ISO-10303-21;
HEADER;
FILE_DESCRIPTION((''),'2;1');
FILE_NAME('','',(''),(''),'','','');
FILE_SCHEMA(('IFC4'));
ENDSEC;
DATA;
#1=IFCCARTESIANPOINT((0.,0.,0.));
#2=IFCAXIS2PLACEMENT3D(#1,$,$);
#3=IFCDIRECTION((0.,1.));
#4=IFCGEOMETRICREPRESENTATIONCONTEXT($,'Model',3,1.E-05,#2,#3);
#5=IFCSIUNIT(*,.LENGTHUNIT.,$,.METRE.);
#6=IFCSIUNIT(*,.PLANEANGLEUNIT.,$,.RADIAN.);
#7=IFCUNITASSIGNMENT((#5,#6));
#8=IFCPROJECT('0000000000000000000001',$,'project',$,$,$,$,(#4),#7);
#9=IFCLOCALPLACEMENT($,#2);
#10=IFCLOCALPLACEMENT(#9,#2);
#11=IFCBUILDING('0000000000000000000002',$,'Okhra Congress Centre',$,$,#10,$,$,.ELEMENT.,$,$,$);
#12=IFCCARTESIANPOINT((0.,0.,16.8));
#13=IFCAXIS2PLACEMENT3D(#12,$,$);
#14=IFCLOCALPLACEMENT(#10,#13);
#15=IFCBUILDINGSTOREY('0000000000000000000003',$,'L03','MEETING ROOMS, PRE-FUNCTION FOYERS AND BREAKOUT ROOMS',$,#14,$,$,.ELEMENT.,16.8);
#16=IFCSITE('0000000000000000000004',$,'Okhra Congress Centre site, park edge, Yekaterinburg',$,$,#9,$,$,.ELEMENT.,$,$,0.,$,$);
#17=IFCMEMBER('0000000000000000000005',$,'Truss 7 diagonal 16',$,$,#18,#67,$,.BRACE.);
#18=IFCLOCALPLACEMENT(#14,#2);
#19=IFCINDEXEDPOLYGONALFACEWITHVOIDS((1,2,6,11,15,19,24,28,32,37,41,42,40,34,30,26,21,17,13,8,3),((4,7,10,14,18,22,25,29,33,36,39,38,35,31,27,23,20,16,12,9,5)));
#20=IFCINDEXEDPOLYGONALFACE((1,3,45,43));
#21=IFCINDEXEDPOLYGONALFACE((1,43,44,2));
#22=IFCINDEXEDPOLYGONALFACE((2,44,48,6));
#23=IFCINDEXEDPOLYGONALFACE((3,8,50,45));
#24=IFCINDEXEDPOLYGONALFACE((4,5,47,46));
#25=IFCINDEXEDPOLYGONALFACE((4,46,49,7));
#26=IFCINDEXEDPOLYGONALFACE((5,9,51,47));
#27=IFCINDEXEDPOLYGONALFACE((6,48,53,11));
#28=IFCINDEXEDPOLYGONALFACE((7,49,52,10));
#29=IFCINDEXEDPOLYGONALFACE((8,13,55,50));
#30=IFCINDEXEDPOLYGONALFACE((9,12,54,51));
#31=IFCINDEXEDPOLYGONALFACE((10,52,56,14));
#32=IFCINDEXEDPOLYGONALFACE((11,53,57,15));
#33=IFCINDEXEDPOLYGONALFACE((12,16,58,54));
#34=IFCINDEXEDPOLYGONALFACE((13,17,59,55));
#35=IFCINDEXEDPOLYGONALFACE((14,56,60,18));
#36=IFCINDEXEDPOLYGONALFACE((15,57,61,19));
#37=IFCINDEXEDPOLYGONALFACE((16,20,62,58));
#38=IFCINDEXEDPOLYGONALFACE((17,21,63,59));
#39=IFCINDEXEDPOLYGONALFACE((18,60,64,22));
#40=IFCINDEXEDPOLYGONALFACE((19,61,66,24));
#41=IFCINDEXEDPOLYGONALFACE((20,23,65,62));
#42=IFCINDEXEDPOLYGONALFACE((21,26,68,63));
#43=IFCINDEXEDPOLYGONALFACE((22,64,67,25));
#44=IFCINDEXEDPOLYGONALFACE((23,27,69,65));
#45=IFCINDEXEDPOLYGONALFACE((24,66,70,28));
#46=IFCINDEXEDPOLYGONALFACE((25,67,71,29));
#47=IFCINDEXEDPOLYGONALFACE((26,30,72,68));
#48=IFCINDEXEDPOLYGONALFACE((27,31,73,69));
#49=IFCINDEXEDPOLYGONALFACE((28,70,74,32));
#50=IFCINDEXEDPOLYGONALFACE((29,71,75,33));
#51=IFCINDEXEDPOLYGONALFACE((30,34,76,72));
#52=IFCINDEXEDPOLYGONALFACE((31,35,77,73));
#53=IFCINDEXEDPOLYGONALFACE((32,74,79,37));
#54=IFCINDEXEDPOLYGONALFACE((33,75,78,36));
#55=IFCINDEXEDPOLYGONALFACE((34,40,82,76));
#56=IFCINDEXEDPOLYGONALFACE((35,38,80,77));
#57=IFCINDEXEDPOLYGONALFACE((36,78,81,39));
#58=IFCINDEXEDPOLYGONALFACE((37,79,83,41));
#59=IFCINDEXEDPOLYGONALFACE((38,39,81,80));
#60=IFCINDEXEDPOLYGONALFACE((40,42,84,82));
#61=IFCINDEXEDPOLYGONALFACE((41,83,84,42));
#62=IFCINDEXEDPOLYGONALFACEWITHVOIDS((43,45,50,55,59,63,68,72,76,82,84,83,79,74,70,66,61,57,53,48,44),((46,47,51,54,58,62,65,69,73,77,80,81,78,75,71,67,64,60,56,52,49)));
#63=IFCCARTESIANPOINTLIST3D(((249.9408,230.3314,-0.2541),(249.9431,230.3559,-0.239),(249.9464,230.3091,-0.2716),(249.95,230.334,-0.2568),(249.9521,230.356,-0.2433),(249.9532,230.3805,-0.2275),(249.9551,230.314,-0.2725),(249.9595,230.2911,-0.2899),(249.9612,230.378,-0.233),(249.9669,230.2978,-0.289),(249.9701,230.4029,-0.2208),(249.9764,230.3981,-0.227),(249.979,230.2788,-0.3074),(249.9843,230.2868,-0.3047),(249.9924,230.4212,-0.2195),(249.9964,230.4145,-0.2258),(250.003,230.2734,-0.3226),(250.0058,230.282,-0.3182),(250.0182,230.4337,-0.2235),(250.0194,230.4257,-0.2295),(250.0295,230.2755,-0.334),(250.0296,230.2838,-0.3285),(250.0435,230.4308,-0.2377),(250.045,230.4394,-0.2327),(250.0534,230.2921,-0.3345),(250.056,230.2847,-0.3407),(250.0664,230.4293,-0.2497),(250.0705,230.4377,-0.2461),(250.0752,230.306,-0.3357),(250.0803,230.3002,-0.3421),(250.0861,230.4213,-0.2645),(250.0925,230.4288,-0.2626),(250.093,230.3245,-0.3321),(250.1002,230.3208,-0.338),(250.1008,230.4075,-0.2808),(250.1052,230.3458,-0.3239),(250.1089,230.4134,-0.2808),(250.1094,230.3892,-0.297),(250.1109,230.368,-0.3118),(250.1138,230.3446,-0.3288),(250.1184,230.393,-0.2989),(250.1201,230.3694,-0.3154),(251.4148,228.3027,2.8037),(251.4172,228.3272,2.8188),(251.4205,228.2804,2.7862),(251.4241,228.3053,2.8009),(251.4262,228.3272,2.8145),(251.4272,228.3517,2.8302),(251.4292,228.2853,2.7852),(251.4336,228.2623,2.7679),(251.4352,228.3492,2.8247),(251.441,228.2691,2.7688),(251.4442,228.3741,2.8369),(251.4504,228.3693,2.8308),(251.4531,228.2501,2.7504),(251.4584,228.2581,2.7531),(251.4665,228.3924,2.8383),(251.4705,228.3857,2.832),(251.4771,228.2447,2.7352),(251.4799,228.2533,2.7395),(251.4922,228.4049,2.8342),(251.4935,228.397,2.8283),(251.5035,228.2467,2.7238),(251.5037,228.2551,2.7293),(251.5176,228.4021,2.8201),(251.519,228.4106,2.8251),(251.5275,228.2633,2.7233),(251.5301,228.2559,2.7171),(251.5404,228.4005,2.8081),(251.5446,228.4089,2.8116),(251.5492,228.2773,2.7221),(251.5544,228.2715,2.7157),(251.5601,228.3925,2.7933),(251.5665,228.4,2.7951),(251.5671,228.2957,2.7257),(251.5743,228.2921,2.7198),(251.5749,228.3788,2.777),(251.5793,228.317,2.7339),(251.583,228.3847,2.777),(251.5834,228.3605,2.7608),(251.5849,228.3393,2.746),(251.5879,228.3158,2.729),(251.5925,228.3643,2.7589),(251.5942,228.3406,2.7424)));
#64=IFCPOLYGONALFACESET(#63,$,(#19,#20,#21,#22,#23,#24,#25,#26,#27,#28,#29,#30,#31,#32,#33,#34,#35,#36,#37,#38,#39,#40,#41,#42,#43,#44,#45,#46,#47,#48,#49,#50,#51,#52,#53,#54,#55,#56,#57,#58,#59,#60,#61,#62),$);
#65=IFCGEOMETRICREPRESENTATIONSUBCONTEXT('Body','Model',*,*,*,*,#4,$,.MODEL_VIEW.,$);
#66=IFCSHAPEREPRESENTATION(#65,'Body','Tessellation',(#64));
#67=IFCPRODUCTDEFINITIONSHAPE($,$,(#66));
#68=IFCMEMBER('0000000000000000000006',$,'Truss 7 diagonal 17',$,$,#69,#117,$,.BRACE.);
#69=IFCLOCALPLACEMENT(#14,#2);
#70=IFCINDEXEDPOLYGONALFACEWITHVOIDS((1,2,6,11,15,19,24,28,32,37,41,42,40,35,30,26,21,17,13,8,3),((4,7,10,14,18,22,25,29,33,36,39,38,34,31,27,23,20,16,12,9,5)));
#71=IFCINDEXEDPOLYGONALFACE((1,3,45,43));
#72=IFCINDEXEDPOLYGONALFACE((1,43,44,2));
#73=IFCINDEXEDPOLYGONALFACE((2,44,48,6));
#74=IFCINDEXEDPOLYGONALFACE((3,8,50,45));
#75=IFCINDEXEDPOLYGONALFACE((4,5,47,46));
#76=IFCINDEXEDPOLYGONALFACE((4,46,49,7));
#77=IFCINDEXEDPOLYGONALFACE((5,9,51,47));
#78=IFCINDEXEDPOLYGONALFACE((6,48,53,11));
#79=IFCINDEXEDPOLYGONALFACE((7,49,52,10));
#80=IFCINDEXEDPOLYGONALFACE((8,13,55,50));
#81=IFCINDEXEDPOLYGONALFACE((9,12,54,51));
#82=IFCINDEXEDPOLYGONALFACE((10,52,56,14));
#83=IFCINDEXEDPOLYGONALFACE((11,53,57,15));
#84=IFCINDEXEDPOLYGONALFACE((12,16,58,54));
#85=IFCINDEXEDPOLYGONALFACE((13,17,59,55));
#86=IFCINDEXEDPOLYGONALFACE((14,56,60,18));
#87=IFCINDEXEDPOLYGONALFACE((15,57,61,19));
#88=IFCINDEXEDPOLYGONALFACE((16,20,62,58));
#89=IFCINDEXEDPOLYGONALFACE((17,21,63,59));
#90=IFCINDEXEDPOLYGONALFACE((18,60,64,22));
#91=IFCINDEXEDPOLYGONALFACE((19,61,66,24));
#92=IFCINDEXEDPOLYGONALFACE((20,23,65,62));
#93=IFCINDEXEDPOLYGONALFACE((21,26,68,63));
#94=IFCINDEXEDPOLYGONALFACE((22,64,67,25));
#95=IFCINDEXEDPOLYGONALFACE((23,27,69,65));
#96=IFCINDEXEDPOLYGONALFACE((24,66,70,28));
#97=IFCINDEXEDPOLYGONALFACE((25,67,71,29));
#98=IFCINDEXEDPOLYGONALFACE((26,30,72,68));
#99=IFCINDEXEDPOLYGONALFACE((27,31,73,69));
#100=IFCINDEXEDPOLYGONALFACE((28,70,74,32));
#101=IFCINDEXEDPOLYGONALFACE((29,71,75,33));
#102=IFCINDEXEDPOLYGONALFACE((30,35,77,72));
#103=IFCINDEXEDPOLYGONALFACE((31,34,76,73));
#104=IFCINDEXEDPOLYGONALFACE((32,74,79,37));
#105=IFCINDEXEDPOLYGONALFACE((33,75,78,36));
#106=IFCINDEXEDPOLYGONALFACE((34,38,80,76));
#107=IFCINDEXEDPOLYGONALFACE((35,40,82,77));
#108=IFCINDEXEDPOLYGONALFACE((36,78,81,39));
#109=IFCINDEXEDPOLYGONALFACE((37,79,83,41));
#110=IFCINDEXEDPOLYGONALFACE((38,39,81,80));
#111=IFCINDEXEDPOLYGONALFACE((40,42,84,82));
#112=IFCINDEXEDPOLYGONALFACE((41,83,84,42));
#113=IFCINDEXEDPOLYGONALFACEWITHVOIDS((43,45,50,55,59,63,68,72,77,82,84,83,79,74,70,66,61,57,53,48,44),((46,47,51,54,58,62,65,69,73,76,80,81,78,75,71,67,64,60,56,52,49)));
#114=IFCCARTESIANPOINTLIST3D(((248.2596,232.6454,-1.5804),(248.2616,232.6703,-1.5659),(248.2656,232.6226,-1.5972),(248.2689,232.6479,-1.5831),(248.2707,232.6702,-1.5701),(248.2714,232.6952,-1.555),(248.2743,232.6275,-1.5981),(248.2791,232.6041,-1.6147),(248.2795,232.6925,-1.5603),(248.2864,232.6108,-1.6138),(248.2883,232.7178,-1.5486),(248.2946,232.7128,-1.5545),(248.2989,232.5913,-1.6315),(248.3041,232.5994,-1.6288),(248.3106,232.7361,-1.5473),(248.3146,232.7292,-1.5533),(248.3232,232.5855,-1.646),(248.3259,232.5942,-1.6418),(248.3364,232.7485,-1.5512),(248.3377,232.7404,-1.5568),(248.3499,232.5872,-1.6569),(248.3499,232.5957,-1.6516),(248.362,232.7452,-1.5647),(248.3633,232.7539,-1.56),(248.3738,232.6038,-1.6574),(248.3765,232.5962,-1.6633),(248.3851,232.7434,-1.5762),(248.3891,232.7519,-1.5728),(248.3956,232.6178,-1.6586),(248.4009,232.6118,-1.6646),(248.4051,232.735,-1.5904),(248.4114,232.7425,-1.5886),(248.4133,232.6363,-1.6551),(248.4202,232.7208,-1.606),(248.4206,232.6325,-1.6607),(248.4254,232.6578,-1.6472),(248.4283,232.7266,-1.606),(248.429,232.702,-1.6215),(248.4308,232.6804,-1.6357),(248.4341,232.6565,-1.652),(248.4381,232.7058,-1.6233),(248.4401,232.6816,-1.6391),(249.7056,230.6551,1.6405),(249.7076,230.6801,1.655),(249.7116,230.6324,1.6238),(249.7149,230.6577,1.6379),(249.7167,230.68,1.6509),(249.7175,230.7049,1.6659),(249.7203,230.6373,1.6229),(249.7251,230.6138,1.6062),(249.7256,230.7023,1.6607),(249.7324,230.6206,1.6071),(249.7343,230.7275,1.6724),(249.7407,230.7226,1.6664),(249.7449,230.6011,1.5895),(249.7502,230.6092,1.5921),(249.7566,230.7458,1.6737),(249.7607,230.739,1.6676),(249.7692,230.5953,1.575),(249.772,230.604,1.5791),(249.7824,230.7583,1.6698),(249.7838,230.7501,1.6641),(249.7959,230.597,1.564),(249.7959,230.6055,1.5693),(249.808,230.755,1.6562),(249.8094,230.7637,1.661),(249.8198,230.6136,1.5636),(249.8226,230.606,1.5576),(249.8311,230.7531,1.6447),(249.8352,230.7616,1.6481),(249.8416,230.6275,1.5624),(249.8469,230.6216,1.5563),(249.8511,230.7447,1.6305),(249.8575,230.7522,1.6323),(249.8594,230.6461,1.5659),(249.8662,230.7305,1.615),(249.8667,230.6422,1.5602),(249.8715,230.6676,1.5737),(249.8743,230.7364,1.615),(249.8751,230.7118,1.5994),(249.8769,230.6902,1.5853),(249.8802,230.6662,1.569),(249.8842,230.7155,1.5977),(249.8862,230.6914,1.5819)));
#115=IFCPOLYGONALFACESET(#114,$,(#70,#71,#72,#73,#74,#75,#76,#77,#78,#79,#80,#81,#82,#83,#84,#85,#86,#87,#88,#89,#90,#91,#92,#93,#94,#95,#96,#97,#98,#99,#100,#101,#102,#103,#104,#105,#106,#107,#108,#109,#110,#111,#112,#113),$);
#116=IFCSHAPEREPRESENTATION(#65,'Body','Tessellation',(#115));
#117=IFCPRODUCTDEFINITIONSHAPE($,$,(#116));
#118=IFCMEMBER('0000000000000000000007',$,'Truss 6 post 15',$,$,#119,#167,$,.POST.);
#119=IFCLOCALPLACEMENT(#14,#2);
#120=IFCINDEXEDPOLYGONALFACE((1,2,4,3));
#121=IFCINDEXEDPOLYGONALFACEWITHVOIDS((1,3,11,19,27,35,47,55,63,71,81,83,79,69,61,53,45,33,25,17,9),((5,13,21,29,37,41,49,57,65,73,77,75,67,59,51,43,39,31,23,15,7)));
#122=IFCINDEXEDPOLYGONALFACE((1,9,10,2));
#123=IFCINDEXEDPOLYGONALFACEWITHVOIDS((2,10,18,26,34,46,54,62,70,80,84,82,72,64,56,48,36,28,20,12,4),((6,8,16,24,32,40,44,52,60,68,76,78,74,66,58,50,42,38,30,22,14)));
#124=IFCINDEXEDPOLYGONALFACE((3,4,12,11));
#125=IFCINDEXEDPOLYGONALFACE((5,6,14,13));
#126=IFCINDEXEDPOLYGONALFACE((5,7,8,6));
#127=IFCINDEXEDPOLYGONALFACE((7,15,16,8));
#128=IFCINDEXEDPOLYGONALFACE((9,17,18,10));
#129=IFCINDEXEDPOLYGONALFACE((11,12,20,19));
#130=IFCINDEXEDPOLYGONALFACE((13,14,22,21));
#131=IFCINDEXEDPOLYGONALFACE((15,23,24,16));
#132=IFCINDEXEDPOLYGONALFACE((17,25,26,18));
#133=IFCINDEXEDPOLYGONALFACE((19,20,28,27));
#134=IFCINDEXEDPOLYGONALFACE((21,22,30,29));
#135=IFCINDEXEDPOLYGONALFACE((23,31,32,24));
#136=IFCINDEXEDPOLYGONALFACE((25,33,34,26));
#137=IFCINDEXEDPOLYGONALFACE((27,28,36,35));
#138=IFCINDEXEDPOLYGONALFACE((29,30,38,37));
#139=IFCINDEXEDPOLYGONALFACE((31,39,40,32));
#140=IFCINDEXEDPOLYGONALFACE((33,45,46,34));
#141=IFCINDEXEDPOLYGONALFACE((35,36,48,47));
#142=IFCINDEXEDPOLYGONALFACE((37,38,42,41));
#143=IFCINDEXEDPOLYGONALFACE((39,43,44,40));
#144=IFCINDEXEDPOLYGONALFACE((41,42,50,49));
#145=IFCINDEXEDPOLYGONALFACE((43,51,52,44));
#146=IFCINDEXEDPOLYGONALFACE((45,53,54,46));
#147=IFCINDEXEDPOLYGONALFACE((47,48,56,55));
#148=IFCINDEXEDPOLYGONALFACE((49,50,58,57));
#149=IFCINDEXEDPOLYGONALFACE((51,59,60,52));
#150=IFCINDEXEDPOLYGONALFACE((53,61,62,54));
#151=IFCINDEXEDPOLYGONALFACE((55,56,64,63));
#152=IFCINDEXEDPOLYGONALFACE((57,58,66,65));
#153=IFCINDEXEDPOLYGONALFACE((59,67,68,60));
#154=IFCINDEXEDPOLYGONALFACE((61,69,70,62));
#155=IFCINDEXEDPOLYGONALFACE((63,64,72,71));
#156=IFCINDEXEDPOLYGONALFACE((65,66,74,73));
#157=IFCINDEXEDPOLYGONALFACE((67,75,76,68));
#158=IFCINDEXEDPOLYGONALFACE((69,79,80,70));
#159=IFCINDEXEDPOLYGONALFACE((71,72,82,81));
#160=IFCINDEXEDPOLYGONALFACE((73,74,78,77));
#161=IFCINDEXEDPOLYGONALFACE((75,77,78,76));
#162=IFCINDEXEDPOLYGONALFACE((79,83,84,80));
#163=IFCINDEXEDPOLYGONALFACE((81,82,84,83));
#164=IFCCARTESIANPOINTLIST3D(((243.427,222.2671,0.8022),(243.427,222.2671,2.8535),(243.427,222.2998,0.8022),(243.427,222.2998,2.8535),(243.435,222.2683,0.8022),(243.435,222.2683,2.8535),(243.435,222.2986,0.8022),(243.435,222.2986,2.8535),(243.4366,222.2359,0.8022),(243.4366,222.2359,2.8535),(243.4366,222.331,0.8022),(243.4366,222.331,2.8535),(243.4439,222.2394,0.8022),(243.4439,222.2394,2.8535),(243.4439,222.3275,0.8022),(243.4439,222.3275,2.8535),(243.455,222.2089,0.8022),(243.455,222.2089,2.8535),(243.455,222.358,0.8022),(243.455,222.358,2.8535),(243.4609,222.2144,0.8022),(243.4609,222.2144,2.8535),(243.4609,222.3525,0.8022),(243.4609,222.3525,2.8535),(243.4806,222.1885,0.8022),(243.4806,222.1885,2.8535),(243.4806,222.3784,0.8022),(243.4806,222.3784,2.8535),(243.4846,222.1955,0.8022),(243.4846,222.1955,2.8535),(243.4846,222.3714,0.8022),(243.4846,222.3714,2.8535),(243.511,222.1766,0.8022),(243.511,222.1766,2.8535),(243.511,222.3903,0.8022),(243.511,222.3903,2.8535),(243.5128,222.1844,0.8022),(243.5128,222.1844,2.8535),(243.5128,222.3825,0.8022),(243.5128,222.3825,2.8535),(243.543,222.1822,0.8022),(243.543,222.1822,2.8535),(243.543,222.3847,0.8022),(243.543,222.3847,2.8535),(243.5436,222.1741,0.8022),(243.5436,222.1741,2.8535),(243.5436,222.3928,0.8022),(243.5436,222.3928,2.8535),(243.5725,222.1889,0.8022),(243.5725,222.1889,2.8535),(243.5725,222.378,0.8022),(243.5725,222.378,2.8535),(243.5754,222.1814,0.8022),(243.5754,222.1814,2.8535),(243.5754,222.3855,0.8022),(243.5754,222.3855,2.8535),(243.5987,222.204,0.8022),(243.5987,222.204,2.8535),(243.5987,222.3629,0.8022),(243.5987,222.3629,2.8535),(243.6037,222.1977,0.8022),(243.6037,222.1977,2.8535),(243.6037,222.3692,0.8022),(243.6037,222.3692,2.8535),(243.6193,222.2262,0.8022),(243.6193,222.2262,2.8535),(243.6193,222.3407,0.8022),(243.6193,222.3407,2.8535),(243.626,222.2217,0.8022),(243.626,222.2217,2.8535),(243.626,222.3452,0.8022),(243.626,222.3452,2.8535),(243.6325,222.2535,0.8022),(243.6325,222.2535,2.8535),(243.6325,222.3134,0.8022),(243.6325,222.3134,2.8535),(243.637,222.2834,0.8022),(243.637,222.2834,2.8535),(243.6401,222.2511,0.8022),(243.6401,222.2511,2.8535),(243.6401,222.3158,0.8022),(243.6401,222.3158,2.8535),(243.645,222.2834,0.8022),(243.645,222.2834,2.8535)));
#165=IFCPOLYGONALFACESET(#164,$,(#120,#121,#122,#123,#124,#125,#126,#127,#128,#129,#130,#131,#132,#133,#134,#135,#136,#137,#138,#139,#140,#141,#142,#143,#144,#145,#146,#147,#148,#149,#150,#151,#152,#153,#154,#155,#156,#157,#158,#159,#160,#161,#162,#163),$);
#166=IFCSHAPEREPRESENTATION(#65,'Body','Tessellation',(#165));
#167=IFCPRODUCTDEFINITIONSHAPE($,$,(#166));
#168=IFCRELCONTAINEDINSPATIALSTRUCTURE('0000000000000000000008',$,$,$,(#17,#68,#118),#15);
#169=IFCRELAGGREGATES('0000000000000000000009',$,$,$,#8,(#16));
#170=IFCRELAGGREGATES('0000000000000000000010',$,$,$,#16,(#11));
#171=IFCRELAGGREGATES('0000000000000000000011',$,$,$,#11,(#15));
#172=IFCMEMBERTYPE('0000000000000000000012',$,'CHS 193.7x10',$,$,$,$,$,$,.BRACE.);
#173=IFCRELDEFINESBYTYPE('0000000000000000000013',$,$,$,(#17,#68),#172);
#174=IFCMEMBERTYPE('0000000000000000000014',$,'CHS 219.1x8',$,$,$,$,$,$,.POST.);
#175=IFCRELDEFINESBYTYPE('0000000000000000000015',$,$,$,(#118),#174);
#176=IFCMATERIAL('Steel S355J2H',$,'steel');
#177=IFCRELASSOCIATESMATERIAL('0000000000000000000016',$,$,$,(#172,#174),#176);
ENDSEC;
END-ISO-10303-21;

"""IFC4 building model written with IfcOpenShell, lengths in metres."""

from ifc_helpers import new_model, si_unit, direction, frame, origin, origin_2d, place, context, subcontext, project, spatial, hollow_circle, extrude, material, material_profile, profile_set, type_object, element, save


model = new_model("IFC4")

# Units and contexts
model_context = context("Model", 3, precision=1e-05, world=origin(), true_north=direction((0.0, 1.0)))
body_context = subcontext(model_context, "Body", "Model", "MODEL_VIEW")
ifc_project = project(units=[si_unit("LENGTHUNIT", "METRE"), si_unit("PLANEANGLEUNIT", "RADIAN")], contexts=[model_context])

# Site, building, storey
site_placement = place(None, origin())
site = spatial("IfcSite", under=ifc_project, at=site_placement, Name="Okhra Congress Centre site, park edge, Yekaterinburg", CompositionType="ELEMENT", RefElevation=0.0)
building_placement = place(site_placement, origin())
building = spatial("IfcBuilding", under=site, at=building_placement, Name="Okhra Congress Centre", CompositionType="ELEMENT")
storey_placement = place(building_placement, frame((0.0, 0.0, 16.8)))
storey = spatial("IfcBuildingStorey", under=building, at=storey_placement, Name="L03", Description="MEETING ROOMS, PRE-FUNCTION FOYERS AND BREAKOUT ROOMS", CompositionType="ELEMENT", Elevation=16.8)

# Members
ifc_material_1 = material(Name="Steel S355J2H", Category="steel")
ifc_material_profile_1 = material_profile(ifc_material_1, hollow_circle(Radius=0.0969, WallThickness=0.01, at=origin_2d()), Name="CHS 193.7x10")
ifc_profile_set_1 = profile_set([ifc_material_profile_1], Name="Steel S355J2H")
member_type_1 = type_object("IfcMemberType", Name="CHS 193.7x10", PredefinedType="BRACE", material=ifc_profile_set_1)
member_1_placement = place(storey_placement, frame((250.0305, 230.3564, -0.2808), z_axis=(0.372752, -0.513013, 0.773223), x_axis=(0.808997, 0.587813, 0.0)))
element("IfcMember", 1, at=member_1_placement, inside=storey, type_object=member_type_1, Name="Truss 7 diagonal 16", PredefinedType="BRACE", context=body_context, shape_type="SweptSolid", body=[
    extrude(hollow_circle(Radius=0.0969, WallThickness=0.01, at=origin_2d()), origin(), (0.0, 0.0, 1.0), 3.9546),
])
member_2_placement = place(storey_placement, frame((248.3499, 232.6697, -1.606), z_axis=(0.356786, -0.491056, 0.794712), x_axis=(0.809006, 0.5878, 0.0)))
element("IfcMember", 2, at=member_2_placement, inside=storey, type_object=member_type_1, Name="Truss 7 diagonal 17", PredefinedType="BRACE", context=body_context, shape_type="SweptSolid", body=[
    extrude(hollow_circle(Radius=0.0969, WallThickness=0.01, at=origin_2d()), origin(), (0.0, 0.0, 1.0), 4.053),
])
ifc_material_profile_2 = material_profile(ifc_material_1, hollow_circle(Radius=0.1096, WallThickness=0.0081, at=origin_2d()), Name="CHS 219.1x8")
ifc_profile_set_2 = profile_set([ifc_material_profile_2], Name="Steel S355J2H")
member_type_2 = type_object("IfcMemberType", Name="CHS 219.1x8", PredefinedType="POST", material=ifc_profile_set_2)
member_3_placement = place(storey_placement, frame((243.5354, 222.2834, 0.8022), z_axis=(0.0, 0.0, 1.0), x_axis=(1.0, 0.0, 0.0)))
element("IfcMember", 3, at=member_3_placement, inside=storey, type_object=member_type_2, Name="Truss 6 post 15", PredefinedType="POST", context=body_context, shape_type="SweptSolid", body=[
    extrude(hollow_circle(Radius=0.1096, WallThickness=0.0081, at=origin_2d()), origin(), (0.0, 0.0, 1.0), 2.0513),
])

save(model, "model.ifc")
